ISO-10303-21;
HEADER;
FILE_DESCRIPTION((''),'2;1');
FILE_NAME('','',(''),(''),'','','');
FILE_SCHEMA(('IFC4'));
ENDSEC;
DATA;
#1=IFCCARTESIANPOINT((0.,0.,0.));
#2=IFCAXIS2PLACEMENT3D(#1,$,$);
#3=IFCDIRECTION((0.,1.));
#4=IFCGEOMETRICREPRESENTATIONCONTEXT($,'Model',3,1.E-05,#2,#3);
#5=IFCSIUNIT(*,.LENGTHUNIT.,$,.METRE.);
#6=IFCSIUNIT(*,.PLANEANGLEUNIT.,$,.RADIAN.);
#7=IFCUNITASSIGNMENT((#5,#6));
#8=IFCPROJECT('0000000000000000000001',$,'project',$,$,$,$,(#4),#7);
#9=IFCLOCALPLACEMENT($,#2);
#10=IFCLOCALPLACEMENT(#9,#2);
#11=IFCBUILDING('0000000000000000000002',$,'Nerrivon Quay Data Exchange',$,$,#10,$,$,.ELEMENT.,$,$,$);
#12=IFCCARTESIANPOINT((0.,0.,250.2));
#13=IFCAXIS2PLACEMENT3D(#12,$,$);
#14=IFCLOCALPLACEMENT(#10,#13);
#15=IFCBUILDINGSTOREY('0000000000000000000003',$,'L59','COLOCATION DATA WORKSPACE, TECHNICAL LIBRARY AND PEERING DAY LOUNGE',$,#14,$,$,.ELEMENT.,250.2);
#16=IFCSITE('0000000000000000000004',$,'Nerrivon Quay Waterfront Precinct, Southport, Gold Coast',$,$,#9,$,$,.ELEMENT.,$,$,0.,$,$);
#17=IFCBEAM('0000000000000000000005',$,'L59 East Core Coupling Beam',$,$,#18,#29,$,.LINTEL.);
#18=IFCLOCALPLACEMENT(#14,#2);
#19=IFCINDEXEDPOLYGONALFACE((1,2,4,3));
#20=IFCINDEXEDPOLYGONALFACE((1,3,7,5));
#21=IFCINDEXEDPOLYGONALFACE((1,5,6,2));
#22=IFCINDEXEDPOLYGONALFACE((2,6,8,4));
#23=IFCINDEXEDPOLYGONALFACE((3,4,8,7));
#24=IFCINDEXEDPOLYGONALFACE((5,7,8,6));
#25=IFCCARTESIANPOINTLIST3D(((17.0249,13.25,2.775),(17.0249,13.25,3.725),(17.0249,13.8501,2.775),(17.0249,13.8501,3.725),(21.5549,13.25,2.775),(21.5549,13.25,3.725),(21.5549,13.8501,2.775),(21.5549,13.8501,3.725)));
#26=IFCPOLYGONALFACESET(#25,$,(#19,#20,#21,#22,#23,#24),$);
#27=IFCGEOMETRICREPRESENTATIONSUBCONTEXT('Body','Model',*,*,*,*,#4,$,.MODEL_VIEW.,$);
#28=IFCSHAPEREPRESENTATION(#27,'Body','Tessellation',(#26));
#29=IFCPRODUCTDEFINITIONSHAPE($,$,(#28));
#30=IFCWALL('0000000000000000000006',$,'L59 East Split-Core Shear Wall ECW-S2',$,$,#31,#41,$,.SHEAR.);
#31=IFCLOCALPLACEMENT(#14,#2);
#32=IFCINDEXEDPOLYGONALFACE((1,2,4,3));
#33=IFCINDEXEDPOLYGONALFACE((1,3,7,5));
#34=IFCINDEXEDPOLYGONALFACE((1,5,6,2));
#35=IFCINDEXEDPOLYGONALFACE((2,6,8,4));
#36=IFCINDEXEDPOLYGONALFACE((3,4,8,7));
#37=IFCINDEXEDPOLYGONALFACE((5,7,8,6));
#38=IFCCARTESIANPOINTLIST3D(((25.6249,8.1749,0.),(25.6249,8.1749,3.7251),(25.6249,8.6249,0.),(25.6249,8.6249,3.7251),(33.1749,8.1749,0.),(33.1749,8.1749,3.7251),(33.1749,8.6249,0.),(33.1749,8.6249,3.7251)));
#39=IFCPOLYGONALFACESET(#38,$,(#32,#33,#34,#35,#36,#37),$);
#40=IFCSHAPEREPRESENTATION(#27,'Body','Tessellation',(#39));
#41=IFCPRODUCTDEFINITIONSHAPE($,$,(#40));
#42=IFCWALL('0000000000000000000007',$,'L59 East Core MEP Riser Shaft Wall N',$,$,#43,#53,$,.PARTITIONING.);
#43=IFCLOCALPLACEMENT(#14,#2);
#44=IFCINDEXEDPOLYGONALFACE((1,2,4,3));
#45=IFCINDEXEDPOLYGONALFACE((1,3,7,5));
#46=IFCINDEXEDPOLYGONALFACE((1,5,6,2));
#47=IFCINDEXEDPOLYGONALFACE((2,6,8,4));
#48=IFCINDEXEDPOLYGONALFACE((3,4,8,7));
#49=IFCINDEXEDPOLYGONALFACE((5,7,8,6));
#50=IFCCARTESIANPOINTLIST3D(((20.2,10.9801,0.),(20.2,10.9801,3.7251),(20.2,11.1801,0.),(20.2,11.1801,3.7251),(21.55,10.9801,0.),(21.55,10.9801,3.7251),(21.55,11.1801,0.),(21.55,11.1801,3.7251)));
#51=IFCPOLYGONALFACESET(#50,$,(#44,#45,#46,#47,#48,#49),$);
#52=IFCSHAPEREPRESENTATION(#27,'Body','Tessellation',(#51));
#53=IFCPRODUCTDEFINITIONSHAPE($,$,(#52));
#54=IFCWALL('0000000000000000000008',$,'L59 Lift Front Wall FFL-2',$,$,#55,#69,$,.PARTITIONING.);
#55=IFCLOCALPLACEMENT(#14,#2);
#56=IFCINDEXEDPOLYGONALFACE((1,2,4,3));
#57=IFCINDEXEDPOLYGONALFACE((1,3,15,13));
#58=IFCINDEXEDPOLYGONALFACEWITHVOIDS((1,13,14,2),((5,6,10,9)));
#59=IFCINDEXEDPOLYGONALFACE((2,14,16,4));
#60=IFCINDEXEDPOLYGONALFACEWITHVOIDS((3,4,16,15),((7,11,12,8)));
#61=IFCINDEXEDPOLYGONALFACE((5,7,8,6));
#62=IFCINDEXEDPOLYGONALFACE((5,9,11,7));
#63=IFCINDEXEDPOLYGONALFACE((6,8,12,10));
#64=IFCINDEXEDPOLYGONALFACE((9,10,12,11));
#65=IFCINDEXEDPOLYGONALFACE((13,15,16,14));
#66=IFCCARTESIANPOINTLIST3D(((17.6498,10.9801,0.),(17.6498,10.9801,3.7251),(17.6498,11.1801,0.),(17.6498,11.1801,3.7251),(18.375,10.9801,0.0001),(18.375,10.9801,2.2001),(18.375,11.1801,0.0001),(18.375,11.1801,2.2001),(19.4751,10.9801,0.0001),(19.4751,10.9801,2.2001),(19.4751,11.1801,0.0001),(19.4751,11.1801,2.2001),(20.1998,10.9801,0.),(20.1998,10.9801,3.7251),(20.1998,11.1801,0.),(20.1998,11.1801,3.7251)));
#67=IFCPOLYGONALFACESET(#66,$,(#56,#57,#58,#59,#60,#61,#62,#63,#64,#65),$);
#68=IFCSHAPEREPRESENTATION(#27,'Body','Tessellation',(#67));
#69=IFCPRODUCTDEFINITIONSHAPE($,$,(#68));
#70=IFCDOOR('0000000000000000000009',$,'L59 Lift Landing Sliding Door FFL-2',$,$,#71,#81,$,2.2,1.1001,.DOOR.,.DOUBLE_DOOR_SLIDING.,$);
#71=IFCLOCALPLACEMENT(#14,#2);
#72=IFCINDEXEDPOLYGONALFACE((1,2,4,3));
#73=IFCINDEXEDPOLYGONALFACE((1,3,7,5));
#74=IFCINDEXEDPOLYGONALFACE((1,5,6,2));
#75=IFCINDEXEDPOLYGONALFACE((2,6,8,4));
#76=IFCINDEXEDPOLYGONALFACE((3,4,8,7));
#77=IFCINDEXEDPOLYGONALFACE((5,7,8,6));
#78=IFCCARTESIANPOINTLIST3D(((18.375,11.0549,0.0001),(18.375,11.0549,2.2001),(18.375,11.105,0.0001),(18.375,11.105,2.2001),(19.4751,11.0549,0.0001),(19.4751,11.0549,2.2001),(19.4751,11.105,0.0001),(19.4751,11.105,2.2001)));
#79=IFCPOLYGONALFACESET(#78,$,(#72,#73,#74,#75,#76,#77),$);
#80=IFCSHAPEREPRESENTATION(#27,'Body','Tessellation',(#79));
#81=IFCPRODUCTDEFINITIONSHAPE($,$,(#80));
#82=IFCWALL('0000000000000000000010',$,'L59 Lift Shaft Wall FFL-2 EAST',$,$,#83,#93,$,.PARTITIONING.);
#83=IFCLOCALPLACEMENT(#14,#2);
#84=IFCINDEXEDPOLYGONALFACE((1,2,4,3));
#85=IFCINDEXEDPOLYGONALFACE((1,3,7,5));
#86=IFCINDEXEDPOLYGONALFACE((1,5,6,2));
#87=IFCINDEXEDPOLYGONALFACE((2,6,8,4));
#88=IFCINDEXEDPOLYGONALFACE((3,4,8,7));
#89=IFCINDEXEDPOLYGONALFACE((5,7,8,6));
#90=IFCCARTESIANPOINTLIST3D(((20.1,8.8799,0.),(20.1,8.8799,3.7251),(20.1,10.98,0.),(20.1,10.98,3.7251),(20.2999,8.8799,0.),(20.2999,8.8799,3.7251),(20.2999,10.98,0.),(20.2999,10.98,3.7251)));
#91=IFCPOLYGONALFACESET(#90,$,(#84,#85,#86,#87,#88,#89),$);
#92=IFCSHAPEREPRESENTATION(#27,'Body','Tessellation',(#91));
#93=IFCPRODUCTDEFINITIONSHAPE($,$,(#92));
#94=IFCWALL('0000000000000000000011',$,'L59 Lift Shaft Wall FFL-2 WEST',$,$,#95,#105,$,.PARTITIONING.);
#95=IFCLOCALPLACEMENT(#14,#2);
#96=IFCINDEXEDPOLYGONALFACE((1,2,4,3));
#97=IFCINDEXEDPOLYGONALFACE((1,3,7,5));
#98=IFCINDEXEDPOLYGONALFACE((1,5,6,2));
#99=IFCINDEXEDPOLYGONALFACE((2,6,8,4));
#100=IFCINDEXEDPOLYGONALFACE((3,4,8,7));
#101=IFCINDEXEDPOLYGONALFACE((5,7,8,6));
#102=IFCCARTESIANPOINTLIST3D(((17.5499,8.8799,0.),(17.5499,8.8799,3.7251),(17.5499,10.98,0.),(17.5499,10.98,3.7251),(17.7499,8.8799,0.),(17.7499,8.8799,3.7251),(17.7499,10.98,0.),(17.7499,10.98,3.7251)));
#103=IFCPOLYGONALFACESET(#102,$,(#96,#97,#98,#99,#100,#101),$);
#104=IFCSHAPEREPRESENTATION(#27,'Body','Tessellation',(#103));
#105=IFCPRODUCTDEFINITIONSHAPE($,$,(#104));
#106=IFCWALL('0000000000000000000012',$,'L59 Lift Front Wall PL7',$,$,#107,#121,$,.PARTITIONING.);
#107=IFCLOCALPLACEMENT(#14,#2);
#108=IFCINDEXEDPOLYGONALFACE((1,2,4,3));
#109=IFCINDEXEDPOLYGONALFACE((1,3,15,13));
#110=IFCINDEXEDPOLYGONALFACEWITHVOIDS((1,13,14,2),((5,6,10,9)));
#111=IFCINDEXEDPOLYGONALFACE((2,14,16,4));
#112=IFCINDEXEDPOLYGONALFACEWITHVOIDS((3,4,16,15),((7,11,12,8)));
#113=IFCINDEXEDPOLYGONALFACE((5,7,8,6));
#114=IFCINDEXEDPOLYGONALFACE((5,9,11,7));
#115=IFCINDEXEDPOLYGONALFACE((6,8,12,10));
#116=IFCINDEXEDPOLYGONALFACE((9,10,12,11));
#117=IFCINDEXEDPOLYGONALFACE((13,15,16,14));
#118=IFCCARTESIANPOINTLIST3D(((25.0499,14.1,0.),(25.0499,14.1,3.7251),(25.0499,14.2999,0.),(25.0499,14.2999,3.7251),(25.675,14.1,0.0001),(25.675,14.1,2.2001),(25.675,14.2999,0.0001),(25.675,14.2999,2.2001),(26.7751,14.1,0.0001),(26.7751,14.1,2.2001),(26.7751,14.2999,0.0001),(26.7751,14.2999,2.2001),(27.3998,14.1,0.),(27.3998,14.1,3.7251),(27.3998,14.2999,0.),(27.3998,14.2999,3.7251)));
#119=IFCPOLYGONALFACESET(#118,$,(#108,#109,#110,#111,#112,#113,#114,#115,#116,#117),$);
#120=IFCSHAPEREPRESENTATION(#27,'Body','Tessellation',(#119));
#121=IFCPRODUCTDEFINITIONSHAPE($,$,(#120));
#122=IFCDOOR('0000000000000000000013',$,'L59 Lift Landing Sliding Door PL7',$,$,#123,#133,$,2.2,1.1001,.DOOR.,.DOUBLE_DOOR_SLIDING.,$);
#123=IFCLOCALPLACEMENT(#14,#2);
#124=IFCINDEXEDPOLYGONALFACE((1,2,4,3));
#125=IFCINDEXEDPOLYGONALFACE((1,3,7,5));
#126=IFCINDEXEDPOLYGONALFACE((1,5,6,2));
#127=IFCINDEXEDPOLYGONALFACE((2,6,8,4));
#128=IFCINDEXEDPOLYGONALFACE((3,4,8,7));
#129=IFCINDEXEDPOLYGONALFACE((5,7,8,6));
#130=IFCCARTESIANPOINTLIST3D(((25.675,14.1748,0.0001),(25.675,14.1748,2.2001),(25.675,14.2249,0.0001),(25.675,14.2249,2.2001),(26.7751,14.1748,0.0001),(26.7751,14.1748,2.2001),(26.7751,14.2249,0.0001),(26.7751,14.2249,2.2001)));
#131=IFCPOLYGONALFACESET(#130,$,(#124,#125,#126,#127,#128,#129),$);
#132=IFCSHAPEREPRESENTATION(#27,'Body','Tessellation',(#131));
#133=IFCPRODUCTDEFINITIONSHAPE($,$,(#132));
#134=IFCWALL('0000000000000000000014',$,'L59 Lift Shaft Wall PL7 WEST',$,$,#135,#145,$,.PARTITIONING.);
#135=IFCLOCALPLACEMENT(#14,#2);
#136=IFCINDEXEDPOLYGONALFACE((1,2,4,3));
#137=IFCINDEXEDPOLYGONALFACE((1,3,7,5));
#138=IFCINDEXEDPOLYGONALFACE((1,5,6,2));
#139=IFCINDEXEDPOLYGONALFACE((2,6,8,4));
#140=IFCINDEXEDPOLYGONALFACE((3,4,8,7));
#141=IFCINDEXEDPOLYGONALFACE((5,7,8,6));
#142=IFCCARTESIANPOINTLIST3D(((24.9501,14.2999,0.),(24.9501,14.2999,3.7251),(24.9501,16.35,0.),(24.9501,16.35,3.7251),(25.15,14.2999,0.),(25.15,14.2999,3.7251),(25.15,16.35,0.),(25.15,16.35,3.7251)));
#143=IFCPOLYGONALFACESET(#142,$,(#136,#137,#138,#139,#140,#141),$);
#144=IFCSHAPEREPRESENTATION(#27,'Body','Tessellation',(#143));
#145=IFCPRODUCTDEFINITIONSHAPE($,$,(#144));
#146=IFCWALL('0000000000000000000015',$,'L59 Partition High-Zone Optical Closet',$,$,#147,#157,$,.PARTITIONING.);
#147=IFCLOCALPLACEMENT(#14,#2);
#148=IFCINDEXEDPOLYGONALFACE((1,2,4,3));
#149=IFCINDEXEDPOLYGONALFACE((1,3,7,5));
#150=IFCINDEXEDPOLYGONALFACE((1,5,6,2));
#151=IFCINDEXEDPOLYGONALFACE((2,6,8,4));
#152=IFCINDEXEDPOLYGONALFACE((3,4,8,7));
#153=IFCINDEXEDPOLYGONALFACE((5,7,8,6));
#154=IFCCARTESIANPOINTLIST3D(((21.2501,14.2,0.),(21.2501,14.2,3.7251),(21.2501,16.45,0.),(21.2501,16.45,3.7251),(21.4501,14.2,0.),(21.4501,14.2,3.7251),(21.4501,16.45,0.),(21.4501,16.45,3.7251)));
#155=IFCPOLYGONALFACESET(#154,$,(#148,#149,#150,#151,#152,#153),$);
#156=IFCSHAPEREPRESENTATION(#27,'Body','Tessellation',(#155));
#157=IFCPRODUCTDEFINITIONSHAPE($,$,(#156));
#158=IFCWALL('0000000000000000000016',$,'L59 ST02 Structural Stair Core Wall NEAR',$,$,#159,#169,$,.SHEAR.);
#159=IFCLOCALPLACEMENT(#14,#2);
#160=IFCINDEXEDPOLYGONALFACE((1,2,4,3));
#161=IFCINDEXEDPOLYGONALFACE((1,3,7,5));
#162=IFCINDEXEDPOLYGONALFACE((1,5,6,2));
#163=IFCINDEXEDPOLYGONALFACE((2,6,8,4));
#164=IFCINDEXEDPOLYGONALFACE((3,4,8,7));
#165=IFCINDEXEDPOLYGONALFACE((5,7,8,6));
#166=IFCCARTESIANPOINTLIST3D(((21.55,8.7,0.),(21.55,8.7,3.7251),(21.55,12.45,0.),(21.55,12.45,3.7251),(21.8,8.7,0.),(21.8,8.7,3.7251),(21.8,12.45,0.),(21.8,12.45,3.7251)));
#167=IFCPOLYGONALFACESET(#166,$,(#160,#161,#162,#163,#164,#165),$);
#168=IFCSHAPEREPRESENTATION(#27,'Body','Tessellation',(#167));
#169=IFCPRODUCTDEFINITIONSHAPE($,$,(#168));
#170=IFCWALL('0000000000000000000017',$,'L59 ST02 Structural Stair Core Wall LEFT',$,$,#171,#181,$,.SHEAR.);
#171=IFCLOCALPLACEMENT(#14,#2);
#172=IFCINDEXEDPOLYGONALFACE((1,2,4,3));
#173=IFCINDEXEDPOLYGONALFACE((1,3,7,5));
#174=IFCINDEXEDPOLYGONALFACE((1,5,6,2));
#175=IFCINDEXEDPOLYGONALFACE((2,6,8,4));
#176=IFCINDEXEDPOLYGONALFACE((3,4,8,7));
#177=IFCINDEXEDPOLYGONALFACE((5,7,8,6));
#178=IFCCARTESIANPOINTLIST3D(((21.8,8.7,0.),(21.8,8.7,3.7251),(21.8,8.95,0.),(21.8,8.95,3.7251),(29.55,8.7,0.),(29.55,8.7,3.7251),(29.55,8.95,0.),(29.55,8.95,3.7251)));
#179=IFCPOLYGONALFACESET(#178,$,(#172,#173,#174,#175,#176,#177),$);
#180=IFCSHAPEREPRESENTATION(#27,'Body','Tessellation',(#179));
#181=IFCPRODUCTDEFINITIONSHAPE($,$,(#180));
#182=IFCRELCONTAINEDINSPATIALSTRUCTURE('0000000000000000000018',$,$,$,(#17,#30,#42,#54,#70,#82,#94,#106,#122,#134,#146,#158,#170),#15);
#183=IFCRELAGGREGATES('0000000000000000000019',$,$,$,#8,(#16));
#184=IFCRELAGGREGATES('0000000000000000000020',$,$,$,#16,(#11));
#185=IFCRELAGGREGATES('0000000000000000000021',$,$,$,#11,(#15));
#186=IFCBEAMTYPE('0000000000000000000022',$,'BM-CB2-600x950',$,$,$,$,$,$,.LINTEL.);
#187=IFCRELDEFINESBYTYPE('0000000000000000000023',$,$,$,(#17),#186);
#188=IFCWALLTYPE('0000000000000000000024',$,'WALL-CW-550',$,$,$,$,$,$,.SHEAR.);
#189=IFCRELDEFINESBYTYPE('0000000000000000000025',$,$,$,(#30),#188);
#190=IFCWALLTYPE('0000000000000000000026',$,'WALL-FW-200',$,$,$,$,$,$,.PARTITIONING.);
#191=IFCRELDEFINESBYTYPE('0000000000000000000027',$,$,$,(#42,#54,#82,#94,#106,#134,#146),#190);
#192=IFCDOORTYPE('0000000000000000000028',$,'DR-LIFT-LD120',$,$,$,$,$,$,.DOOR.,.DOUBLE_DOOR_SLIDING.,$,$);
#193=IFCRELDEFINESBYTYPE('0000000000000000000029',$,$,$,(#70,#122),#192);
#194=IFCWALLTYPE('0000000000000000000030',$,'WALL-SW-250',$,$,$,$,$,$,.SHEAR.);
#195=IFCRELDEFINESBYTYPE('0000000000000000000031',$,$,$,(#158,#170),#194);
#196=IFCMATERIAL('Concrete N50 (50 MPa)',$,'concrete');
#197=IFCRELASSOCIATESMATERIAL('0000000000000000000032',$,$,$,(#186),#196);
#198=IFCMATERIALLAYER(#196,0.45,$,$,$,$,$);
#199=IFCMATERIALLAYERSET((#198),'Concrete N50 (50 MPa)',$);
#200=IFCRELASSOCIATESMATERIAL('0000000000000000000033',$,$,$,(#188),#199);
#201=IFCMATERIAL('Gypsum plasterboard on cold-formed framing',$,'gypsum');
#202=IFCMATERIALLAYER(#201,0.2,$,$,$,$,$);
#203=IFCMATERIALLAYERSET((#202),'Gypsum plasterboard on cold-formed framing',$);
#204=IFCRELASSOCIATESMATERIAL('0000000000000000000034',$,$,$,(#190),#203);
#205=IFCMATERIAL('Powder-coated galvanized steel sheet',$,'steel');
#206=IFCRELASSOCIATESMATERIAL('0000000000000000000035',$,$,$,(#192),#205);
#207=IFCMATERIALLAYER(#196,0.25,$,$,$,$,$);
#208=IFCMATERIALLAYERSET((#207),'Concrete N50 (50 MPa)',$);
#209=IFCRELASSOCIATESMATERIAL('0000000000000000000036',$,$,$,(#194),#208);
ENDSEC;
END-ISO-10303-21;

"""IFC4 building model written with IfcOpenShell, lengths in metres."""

from ifc_helpers import new_model, si_unit, direction, frame, frame_2d, origin, origin_2d, place, context, subcontext, project, spatial, rectangle, extrude, material, layer, layer_set, material_profile, profile_set, type_object, element, fill, save


model = new_model("IFC4")

# Units and contexts
model_context = context("Model", 3, precision=1e-05, world=origin(), true_north=direction((0.0, 1.0)))
body_context = subcontext(model_context, "Body", "Model", "MODEL_VIEW")
ifc_project = project(units=[si_unit("LENGTHUNIT", "METRE"), si_unit("PLANEANGLEUNIT", "RADIAN")], contexts=[model_context])

# Site, building, storey
site_placement = place(None, origin())
site = spatial("IfcSite", under=ifc_project, at=site_placement, Name="Nerrivon Quay Waterfront Precinct, Southport, Gold Coast", CompositionType="ELEMENT", RefElevation=0.0)
building_placement = place(site_placement, origin())
building = spatial("IfcBuilding", under=site, at=building_placement, Name="Nerrivon Quay Data Exchange", CompositionType="ELEMENT")
storey_placement = place(building_placement, frame((0.0, 0.0, 250.2)))
storey = spatial("IfcBuildingStorey", under=building, at=storey_placement, Name="L59", Description="COLOCATION DATA WORKSPACE, TECHNICAL LIBRARY AND PEERING DAY LOUNGE", CompositionType="ELEMENT", Elevation=250.2)

# Beam
ifc_material_1 = material(Name="Concrete N50 (50 MPa)", Category="concrete")
ifc_material_profile = material_profile(ifc_material_1, rectangle(XDim=0.6001, YDim=0.95, at=origin_2d()), Name="RC-CB-600x950")
ifc_profile_set = profile_set([ifc_material_profile], Name="Concrete N50 (50 MPa)")
beam_type = type_object("IfcBeamType", Name="BM-CB2-600x950", PredefinedType="LINTEL", material=ifc_profile_set)
beam_placement = place(storey_placement, frame((17.0249, 13.55, 3.25), z_axis=(1.0, 0.0, 0.0), x_axis=(0.0, 1.0, 0.0)))
element("IfcBeam", 1, at=beam_placement, inside=storey, type_object=beam_type, Name="L59 East Core Coupling Beam", PredefinedType="LINTEL", context=body_context, shape_type="SweptSolid", body=[
    extrude(rectangle(XDim=0.6001, YDim=0.95, at=origin_2d()), origin(), (0.0, 0.0, 1.0), 4.53),
])

# Walls
ifc_layer_1 = layer(ifc_material_1, 0.45)
ifc_layer_set_1 = layer_set([ifc_layer_1], Name="Concrete N50 (50 MPa)")
wall_type_1 = type_object("IfcWallType", Name="WALL-CW-550", PredefinedType="SHEAR", material=ifc_layer_set_1)
wall_1_placement = place(storey_placement, frame((25.625, 8.3999, 0.0), z_axis=(0.0, 0.0, 1.0), x_axis=(1.0, 0.0, 0.0)))
element("IfcWall", 2, at=wall_1_placement, inside=storey, type_object=wall_type_1, Name="L59 East Split-Core Shear Wall ECW-S2", PredefinedType="SHEAR", context=body_context, shape_type="SweptSolid", body=[
    extrude(rectangle(XDim=7.55, YDim=0.45, at=frame_2d((3.7749, 0.0))), origin(), (0.0, 0.0, 1.0), 3.7251),
])
ifc_material_2 = material(Name="Gypsum plasterboard on cold-formed framing", Category="gypsum")
ifc_layer_2 = layer(ifc_material_2, 0.2)
ifc_layer_set_2 = layer_set([ifc_layer_2], Name="Gypsum plasterboard on cold-formed framing")
wall_type_2 = type_object("IfcWallType", Name="WALL-FW-200", PredefinedType="PARTITIONING", material=ifc_layer_set_2)
wall_2_placement = place(storey_placement, frame((20.2, 11.0801, 0.0), z_axis=(0.0, 0.0, 1.0), x_axis=(1.0, 0.0, 0.0)))
element("IfcWall", 3, at=wall_2_placement, inside=storey, type_object=wall_type_2, Name="L59 East Core MEP Riser Shaft Wall N", PredefinedType="PARTITIONING", context=body_context, shape_type="SweptSolid", body=[
    extrude(rectangle(XDim=1.3501, YDim=0.2, at=frame_2d((0.675, 0.0))), origin(), (0.0, 0.0, 1.0), 3.7251),
])

# Wall, opening, door
wall_3_placement = place(storey_placement, frame((17.6499, 11.0801, 0.0), z_axis=(0.0, 0.0, 1.0), x_axis=(1.0, 0.0, 0.0)))
wall_3 = element("IfcWall", 4, at=wall_3_placement, inside=storey, type_object=wall_type_2, Name="L59 Lift Front Wall FFL-2", PredefinedType="PARTITIONING", context=body_context, shape_type="SweptSolid", body=[
    extrude(rectangle(XDim=2.55, YDim=0.2, at=frame_2d((1.2749, 0.0))), origin(), (0.0, 0.0, 1.0), 3.7251),
])
opening_1_placement = place(wall_3_placement, frame((0.7251, 0.0, 0.0)))
opening_1 = element("IfcOpeningElement", 5, at=opening_1_placement, cuts=wall_3, PredefinedType="OPENING", context=body_context, shape_type="SweptSolid", body=[
    extrude(rectangle(XDim=1.1001, YDim=2.2, at=frame_2d((0.55, 1.1001))), frame((0.0, 0.1099, 0.0), z_axis=(0.0, -1.0, 0.0), x_axis=(1.0, 0.0, 0.0)), (0.0, 0.0, 1.0), 0.22),
])
ifc_material_3 = material(Name="Powder-coated galvanized steel sheet", Category="steel")
door_type_1 = type_object("IfcDoorType", Name="DR-LIFT-LD120", OperationType="DOUBLE_DOOR_SLIDING", PredefinedType="DOOR", material=ifc_material_3)
door_1_placement = place(opening_1_placement, origin())
door_1 = element("IfcDoor", 6, at=door_1_placement, inside=storey, type_object=door_type_1, Name="L59 Lift Landing Sliding Door FFL-2", OperationType="DOUBLE_DOOR_SLIDING", OverallHeight=2.2, OverallWidth=1.1001, PredefinedType="DOOR", context=body_context, shape_type="SweptSolid", body=[
    extrude(rectangle(XDim=1.1001, YDim=2.2, at=frame_2d((0.55, 1.1001))), frame((0.0, 0.0249, 0.0), z_axis=(0.0, -1.0, 0.0), x_axis=(1.0, 0.0, 0.0)), (0.0, 0.0, 1.0), 0.05),
])
fill(opening_1, door_1)

# Walls
for number, where, z_axis, x_axis, name in (
    (7, (20.2, 8.8799, 0.0), (0.0, 0.0, 1.0), (0.0, 1.0, 0.0), "L59 Lift Shaft Wall FFL-2 EAST"),
    (8, (17.6499, 8.8799, 0.0), (0.0, 0.0, 1.0), (0.0, 1.0, 0.0), "L59 Lift Shaft Wall FFL-2 WEST"),
):
    element("IfcWall", number, at=place(storey_placement, frame(where, z_axis=z_axis, x_axis=x_axis)), inside=storey, type_object=wall_type_2, Name=name, PredefinedType="PARTITIONING", context=body_context, shape_type="SweptSolid", body=[
        extrude(rectangle(XDim=2.1001, YDim=0.2, at=frame_2d((1.05, 0.0))), origin(), (0.0, 0.0, 1.0), 3.7251),
    ])

# Wall, opening, door
wall_4_placement = place(storey_placement, frame((25.05, 14.2, 0.0), z_axis=(0.0, 0.0, 1.0), x_axis=(1.0, 0.0, 0.0)))
wall_4 = element("IfcWall", 9, at=wall_4_placement, inside=storey, type_object=wall_type_2, Name="L59 Lift Front Wall PL7", PredefinedType="PARTITIONING", context=body_context, shape_type="SweptSolid", body=[
    extrude(rectangle(XDim=2.3499, YDim=0.2, at=frame_2d((1.1748, 0.0))), origin(), (0.0, 0.0, 1.0), 3.7251),
])
opening_2_placement = place(wall_4_placement, frame((0.625, 0.0, 0.0)))
opening_2 = element("IfcOpeningElement", 10, at=opening_2_placement, cuts=wall_4, PredefinedType="OPENING", context=body_context, shape_type="SweptSolid", body=[
    extrude(rectangle(XDim=1.1001, YDim=2.2, at=frame_2d((0.55, 1.1001))), frame((0.0, 0.1099, 0.0), z_axis=(0.0, -1.0, 0.0), x_axis=(1.0, 0.0, 0.0)), (0.0, 0.0, 1.0), 0.22),
])
door_2_placement = place(opening_2_placement, origin())
door_2 = element("IfcDoor", 11, at=door_2_placement, inside=storey, type_object=door_type_1, Name="L59 Lift Landing Sliding Door PL7", OperationType="DOUBLE_DOOR_SLIDING", OverallHeight=2.2, OverallWidth=1.1001, PredefinedType="DOOR", context=body_context, shape_type="SweptSolid", body=[
    extrude(rectangle(XDim=1.1001, YDim=2.2, at=frame_2d((0.55, 1.1001))), frame((0.0, 0.0249, 0.0), z_axis=(0.0, -1.0, 0.0), x_axis=(1.0, 0.0, 0.0)), (0.0, 0.0, 1.0), 0.05),
])
fill(opening_2, door_2)

# Walls
wall_5_placement = place(storey_placement, frame((25.05, 14.3, 0.0), z_axis=(0.0, 0.0, 1.0), x_axis=(0.0, 1.0, 0.0)))
element("IfcWall", 12, at=wall_5_placement, inside=storey, type_object=wall_type_2, Name="L59 Lift Shaft Wall PL7 WEST", PredefinedType="PARTITIONING", context=body_context, shape_type="SweptSolid", body=[
    extrude(rectangle(XDim=2.05, YDim=0.2, at=frame_2d((1.0249, 0.0))), origin(), (0.0, 0.0, 1.0), 3.7251),
])
wall_6_placement = place(storey_placement, frame((21.3501, 14.2, 0.0), z_axis=(0.0, 0.0, 1.0), x_axis=(0.0, 1.0, 0.0)))
element("IfcWall", 13, at=wall_6_placement, inside=storey, type_object=wall_type_2, Name="L59 Partition High-Zone Optical Closet", PredefinedType="PARTITIONING", context=body_context, shape_type="SweptSolid", body=[
    extrude(rectangle(XDim=2.25, YDim=0.2, at=frame_2d((1.125, 0.0))), origin(), (0.0, 0.0, 1.0), 3.7251),
])

# Walls
ifc_layer_3 = layer(ifc_material_1, 0.25)
ifc_layer_set_3 = layer_set([ifc_layer_3], Name="Concrete N50 (50 MPa)")
wall_type_3 = type_object("IfcWallType", Name="WALL-SW-250", PredefinedType="SHEAR", material=ifc_layer_set_3)
wall_7_placement = place(storey_placement, frame((21.675, 8.7, 0.0), z_axis=(0.0, 0.0, 1.0), x_axis=(0.0, 1.0, 0.0)))
element("IfcWall", 14, at=wall_7_placement, inside=storey, type_object=wall_type_3, Name="L59 ST02 Structural Stair Core Wall NEAR", PredefinedType="SHEAR", context=body_context, shape_type="SweptSolid", body=[
    extrude(rectangle(XDim=3.75, YDim=0.25, at=frame_2d((1.875, 0.0))), origin(), (0.0, 0.0, 1.0), 3.7251),
])
wall_8_placement = place(storey_placement, frame((21.8, 8.825, 0.0), z_axis=(0.0, 0.0, 1.0), x_axis=(1.0, 0.0, 0.0)))
element("IfcWall", 15, at=wall_8_placement, inside=storey, type_object=wall_type_3, Name="L59 ST02 Structural Stair Core Wall LEFT", PredefinedType="SHEAR", context=body_context, shape_type="SweptSolid", body=[
    extrude(rectangle(XDim=7.75, YDim=0.25, at=frame_2d((3.875, 0.0))), origin(), (0.0, 0.0, 1.0), 3.7251),
])

save(model, "model.ifc")
